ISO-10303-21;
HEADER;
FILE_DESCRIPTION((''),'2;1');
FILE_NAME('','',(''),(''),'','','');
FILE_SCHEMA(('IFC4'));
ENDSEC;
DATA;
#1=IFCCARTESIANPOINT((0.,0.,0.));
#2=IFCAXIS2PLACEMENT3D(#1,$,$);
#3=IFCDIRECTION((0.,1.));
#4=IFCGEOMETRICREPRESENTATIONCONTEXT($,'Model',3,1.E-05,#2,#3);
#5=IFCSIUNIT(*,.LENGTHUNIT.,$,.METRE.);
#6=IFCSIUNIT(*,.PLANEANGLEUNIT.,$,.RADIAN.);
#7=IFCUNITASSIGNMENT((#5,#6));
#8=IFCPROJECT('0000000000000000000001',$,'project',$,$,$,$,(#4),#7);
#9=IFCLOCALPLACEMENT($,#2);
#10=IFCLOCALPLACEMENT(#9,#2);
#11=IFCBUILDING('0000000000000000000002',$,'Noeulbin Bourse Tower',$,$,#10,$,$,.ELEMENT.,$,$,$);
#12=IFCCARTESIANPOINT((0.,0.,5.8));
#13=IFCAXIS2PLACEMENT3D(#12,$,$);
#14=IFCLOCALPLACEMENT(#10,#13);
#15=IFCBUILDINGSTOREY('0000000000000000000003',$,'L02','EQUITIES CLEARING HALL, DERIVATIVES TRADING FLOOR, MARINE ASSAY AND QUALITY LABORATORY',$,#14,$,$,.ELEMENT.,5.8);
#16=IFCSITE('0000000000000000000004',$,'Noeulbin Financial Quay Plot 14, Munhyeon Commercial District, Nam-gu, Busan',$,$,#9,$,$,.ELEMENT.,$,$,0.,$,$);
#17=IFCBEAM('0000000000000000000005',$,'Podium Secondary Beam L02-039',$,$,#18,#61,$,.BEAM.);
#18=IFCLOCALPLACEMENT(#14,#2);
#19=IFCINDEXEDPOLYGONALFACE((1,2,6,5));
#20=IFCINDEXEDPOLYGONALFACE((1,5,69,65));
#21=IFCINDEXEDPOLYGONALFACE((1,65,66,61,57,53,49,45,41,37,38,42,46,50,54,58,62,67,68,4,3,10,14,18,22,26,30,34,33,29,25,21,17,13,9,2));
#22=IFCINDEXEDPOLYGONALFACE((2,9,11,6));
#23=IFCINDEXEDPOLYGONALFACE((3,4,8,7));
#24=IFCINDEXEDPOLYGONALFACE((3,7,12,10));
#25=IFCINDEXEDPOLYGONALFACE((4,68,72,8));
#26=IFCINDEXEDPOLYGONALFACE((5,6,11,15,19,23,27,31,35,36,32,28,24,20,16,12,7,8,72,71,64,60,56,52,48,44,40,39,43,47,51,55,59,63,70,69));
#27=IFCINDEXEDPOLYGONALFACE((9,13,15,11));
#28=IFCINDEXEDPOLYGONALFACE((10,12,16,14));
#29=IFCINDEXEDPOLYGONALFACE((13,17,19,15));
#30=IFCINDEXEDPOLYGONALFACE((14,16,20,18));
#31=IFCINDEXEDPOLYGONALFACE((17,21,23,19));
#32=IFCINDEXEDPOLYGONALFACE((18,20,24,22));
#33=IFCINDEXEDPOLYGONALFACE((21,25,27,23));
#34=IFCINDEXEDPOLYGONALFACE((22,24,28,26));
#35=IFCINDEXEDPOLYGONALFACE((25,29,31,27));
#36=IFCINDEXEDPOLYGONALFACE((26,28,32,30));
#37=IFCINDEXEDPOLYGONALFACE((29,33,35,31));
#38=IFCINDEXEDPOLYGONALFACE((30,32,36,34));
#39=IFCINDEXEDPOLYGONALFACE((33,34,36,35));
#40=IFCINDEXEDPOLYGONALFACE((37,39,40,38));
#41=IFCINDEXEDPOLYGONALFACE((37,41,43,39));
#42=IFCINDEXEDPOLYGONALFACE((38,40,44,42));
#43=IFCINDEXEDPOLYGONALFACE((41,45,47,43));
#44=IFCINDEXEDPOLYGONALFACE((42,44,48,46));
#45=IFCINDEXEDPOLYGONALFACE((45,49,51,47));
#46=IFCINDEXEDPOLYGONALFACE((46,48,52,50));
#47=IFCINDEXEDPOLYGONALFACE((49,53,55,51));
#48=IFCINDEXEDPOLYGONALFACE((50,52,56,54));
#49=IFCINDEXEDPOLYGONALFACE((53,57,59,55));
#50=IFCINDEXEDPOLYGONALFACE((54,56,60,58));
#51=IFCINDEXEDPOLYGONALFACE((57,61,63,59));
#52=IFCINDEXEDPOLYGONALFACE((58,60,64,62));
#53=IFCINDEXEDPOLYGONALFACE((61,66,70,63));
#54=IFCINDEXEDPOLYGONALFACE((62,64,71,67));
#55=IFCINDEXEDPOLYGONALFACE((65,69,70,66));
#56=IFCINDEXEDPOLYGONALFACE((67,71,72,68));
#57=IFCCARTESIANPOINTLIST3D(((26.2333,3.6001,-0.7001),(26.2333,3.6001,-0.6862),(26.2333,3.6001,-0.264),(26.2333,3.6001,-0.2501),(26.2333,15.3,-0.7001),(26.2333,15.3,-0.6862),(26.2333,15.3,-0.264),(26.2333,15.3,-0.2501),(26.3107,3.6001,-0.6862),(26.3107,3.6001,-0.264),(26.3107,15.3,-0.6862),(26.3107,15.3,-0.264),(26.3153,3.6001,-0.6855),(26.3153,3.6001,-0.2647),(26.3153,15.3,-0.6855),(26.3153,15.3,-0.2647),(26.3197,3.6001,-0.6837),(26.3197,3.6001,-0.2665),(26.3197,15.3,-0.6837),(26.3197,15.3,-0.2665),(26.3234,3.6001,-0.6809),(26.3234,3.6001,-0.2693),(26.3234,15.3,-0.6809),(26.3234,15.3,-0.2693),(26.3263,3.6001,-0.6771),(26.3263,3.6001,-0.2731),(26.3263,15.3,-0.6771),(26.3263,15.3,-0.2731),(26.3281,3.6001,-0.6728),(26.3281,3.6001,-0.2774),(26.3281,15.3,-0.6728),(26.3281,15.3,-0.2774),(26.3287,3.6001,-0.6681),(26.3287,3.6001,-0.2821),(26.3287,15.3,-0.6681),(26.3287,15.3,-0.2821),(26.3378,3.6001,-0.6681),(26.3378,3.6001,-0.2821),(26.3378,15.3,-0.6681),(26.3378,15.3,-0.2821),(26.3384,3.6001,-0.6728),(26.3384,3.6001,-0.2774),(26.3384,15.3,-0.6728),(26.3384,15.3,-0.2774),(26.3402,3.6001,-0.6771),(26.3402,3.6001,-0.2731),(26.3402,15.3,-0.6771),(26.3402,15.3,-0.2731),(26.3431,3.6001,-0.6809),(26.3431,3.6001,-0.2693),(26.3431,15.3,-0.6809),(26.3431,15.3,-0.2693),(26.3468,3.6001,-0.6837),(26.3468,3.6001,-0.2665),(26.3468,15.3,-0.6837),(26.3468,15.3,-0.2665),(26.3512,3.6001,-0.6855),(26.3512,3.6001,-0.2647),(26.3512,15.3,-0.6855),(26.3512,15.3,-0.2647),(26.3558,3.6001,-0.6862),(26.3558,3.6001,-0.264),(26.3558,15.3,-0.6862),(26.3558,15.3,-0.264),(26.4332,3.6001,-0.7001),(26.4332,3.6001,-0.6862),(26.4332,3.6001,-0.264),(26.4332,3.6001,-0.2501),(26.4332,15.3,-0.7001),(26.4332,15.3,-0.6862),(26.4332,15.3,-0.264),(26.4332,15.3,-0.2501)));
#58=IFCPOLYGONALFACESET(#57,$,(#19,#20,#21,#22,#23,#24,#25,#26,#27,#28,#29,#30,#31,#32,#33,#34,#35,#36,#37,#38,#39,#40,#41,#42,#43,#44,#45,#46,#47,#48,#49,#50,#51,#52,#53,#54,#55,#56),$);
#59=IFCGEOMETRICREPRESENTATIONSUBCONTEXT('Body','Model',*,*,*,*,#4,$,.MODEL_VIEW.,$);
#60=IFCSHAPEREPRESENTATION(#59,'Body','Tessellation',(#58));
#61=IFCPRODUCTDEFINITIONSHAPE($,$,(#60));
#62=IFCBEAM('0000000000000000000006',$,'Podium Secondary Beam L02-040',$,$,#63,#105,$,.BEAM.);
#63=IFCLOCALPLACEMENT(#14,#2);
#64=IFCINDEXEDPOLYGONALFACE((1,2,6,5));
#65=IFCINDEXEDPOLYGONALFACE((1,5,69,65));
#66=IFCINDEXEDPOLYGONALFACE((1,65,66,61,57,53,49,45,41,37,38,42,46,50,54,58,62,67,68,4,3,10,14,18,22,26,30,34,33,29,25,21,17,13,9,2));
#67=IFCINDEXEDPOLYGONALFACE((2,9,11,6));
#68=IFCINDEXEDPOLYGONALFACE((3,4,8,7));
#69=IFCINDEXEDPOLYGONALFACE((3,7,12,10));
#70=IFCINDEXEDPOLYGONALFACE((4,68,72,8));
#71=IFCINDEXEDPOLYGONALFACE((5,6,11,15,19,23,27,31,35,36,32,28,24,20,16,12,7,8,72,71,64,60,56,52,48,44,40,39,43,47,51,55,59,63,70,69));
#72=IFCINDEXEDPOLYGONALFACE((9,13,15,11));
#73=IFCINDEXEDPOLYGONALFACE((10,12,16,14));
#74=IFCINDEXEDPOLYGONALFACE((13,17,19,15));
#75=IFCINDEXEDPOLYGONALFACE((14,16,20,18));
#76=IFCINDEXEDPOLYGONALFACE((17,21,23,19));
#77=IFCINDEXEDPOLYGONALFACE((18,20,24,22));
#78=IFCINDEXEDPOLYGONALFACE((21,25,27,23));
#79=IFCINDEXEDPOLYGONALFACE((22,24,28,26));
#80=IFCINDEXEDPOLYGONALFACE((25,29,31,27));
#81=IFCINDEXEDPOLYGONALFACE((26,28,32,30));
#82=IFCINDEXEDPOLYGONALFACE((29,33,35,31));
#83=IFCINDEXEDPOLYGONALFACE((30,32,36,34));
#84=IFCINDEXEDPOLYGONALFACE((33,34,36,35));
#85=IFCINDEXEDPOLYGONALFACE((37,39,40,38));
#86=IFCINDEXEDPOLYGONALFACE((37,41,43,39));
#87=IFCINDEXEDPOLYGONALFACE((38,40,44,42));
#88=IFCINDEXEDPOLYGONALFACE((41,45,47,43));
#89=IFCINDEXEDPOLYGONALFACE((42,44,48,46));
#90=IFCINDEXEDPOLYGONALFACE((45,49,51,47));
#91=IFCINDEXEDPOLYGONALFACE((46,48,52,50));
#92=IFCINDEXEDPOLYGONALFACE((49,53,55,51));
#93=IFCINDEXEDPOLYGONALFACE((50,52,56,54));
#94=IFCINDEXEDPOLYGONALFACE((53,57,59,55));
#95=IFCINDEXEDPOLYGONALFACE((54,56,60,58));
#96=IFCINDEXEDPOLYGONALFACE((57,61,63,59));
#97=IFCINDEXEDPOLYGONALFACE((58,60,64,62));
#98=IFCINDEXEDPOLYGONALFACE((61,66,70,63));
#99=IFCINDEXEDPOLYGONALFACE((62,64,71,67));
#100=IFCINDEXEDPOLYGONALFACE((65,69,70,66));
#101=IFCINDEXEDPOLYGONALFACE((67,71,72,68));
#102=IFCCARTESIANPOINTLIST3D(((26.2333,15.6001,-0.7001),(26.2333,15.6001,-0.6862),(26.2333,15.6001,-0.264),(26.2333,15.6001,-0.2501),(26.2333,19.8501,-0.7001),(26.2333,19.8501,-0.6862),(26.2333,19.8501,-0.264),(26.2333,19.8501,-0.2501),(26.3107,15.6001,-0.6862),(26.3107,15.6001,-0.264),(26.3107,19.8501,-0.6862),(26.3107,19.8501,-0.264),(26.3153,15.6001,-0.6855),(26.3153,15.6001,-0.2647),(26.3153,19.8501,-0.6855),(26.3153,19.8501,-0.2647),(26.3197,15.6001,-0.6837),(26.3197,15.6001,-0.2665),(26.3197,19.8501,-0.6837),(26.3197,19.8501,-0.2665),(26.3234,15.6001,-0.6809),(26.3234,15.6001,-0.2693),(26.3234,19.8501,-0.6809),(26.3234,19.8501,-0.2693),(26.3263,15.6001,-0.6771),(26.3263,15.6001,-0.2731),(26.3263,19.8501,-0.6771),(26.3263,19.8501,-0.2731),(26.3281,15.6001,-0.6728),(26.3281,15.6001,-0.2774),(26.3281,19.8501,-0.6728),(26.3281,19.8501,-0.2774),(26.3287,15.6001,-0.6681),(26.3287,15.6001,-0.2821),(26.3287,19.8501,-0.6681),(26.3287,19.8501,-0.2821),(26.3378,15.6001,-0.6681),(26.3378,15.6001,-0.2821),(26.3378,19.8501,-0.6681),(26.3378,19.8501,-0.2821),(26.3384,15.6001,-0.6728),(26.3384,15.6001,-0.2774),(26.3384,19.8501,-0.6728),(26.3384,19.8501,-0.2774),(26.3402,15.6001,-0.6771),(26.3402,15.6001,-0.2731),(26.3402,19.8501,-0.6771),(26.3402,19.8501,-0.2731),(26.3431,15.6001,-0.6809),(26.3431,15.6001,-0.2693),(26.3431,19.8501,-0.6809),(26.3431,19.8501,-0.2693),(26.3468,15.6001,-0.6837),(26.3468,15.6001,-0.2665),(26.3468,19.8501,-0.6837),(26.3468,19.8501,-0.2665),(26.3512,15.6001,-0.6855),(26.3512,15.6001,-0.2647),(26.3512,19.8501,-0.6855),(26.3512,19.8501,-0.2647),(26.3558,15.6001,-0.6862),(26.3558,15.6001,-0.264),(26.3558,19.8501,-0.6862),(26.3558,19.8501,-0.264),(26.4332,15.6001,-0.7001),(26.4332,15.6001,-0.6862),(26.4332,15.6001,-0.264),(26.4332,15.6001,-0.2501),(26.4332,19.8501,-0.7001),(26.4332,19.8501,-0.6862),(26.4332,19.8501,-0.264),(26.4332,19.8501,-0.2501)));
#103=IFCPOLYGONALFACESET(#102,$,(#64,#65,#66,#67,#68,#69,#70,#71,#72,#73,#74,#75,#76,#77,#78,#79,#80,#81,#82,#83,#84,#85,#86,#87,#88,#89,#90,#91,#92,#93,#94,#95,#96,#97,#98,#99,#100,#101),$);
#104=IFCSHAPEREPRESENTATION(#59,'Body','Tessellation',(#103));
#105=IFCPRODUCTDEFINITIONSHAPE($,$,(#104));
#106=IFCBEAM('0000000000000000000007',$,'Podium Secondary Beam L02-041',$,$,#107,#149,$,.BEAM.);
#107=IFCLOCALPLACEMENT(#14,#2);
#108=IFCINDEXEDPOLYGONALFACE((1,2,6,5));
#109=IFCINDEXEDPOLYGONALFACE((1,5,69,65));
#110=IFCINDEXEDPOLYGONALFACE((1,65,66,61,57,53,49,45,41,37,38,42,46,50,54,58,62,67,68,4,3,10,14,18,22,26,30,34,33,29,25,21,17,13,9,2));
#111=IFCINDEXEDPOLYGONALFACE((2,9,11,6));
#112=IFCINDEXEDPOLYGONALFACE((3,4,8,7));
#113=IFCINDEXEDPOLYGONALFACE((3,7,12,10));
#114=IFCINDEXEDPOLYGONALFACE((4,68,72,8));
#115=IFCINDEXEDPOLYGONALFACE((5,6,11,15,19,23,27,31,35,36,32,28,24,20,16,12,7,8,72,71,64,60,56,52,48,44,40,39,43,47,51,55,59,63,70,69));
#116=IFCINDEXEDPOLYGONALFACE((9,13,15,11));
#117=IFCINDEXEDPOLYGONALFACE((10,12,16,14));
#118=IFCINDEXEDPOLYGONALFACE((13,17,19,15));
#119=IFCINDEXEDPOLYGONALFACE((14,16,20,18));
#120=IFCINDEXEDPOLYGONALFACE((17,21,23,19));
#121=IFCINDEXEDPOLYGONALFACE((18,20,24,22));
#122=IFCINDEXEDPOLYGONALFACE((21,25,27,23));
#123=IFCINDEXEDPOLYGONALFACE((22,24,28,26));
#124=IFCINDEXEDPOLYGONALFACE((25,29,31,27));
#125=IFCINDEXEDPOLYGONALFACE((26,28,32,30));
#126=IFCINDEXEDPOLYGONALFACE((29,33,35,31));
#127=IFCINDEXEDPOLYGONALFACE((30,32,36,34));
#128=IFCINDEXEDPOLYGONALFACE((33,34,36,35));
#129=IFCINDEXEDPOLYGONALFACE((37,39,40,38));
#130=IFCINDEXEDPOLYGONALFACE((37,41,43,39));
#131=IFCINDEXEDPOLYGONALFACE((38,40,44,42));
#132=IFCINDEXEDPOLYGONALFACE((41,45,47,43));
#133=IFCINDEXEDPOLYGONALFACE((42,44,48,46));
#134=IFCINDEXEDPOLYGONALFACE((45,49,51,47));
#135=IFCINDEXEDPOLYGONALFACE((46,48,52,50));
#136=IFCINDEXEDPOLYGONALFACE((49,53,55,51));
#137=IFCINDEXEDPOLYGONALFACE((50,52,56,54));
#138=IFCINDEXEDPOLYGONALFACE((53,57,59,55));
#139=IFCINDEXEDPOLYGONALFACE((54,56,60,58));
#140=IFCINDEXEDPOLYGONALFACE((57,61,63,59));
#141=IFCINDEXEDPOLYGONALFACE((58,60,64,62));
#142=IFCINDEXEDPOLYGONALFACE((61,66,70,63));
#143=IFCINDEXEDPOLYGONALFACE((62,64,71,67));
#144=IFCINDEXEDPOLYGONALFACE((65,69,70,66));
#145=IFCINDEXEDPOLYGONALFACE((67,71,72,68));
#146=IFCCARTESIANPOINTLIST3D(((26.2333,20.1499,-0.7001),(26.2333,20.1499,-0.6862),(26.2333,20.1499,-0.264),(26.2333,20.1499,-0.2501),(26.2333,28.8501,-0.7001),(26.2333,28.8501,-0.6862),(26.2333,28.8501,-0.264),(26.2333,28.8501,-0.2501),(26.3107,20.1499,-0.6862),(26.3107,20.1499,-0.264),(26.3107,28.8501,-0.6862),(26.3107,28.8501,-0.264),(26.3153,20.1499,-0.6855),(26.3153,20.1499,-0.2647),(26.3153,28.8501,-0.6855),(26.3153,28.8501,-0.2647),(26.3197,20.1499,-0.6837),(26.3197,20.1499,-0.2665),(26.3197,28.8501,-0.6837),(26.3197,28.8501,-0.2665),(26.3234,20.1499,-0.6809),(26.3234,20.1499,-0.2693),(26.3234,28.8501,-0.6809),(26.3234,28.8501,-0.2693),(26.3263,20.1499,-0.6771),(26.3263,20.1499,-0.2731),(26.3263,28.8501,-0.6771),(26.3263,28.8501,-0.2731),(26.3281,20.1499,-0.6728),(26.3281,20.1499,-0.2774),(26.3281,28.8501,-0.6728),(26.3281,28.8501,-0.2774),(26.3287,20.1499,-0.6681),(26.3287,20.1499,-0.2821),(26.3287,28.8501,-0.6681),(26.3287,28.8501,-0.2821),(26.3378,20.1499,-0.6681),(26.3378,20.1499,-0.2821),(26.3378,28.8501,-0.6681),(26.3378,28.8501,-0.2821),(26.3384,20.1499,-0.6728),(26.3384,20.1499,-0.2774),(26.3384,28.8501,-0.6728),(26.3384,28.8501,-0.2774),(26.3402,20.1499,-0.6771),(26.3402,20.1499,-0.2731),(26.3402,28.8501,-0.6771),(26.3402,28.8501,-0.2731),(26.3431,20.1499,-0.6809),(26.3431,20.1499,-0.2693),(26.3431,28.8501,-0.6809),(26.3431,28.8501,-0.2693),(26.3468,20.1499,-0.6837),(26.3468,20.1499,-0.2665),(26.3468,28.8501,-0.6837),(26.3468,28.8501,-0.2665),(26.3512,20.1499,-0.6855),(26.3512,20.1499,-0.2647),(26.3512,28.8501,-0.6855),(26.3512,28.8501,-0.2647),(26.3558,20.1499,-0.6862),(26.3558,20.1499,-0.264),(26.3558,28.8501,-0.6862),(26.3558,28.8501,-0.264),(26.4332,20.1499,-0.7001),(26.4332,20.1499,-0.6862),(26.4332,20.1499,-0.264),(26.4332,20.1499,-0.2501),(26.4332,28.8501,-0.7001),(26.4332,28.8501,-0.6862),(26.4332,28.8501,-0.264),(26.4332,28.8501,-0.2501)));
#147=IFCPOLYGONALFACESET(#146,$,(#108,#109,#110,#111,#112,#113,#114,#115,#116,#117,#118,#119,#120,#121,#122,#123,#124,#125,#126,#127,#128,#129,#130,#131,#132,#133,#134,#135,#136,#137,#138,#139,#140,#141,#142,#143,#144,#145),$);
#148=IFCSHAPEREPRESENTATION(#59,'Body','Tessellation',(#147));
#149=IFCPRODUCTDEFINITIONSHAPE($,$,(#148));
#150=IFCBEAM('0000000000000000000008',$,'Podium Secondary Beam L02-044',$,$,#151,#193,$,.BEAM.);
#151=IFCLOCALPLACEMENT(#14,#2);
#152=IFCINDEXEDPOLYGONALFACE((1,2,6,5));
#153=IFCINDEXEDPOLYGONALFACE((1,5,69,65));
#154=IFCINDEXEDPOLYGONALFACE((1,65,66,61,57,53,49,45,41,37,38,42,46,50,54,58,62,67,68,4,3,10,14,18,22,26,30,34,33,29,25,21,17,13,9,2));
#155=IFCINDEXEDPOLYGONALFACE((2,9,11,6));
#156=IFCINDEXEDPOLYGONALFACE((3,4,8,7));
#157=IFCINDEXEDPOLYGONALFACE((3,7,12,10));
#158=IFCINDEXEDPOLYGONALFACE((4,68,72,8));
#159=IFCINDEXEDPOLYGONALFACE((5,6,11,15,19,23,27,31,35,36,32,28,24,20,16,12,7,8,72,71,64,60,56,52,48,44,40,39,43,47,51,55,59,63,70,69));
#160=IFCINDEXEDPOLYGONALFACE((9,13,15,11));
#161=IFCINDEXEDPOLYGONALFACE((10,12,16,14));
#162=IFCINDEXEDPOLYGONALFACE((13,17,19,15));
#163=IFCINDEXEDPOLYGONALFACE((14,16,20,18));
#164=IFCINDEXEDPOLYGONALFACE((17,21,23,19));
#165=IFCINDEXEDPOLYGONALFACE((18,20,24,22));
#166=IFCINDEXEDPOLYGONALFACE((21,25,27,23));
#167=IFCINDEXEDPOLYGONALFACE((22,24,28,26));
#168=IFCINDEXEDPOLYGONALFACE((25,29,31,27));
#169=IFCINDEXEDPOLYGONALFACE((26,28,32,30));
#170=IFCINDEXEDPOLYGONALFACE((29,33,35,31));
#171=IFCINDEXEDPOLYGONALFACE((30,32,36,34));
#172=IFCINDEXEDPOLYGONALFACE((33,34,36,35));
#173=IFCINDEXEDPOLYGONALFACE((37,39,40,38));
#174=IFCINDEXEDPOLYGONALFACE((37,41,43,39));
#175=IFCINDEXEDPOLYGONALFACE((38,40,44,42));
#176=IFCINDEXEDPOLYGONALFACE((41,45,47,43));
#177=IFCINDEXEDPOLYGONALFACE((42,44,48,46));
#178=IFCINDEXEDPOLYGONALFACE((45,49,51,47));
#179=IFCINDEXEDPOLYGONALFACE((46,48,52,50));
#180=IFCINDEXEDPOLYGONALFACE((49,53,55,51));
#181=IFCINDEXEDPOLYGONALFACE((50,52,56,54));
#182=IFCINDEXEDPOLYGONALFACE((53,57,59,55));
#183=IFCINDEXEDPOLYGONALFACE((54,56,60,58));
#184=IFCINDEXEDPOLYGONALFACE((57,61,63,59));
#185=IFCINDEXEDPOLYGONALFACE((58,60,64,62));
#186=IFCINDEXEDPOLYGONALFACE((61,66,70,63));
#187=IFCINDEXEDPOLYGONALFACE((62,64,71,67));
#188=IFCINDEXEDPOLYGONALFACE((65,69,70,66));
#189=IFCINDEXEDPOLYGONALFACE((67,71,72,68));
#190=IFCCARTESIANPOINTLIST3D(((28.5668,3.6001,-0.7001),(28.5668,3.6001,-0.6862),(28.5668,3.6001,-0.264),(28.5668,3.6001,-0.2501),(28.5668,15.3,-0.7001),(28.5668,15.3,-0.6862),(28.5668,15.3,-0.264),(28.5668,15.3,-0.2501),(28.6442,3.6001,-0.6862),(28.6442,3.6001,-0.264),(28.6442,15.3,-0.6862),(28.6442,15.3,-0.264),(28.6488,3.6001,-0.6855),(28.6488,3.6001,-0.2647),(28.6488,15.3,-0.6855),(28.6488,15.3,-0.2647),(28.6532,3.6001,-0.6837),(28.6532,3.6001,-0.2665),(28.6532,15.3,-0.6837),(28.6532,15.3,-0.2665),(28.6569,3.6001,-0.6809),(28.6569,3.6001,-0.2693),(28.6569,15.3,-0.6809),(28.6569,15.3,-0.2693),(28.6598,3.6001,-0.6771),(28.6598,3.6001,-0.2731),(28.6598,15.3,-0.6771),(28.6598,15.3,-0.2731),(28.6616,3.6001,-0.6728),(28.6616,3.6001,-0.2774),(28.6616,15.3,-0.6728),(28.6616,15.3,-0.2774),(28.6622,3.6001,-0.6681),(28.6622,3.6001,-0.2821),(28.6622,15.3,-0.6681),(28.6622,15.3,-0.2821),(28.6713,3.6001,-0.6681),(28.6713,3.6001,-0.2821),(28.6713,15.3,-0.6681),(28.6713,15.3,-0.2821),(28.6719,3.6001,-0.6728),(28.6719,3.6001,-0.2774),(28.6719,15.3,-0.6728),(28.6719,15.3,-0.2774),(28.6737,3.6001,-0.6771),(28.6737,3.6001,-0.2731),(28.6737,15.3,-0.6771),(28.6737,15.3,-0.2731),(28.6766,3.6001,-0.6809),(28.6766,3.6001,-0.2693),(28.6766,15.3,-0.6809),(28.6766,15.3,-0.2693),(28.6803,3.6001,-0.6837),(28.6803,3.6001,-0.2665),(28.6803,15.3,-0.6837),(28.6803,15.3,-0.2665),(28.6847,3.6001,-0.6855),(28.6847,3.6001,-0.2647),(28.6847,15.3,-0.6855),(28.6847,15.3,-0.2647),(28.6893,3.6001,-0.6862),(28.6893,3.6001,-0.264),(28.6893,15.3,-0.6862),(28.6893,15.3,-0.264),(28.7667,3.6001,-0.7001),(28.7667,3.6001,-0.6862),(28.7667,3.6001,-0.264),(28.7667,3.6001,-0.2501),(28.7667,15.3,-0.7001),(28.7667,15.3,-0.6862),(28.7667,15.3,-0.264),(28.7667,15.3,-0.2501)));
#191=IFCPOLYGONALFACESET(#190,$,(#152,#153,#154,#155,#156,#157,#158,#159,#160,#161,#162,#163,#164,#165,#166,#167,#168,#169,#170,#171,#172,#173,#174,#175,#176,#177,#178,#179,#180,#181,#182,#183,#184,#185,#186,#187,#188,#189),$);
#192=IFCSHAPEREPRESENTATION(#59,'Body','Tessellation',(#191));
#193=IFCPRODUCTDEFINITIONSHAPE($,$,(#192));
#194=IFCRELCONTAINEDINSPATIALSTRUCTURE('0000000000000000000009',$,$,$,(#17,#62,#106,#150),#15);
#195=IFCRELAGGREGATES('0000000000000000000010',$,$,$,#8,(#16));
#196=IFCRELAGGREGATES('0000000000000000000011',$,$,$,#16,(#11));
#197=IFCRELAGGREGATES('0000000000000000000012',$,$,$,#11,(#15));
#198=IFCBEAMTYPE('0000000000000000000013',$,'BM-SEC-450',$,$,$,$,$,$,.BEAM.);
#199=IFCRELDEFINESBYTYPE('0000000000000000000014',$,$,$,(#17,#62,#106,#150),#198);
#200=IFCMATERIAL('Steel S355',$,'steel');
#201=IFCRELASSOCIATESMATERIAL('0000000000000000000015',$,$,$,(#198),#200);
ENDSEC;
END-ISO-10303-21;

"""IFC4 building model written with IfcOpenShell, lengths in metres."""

from ifc_helpers import new_model, si_unit, direction, frame, origin, origin_2d, place, context, subcontext, project, spatial, i_section, extrude, material, material_profile, profile_set, type_object, element, save


model = new_model("IFC4")

# Units and contexts
model_context = context("Model", 3, precision=1e-05, world=origin(), true_north=direction((0.0, 1.0)))
body_context = subcontext(model_context, "Body", "Model", "MODEL_VIEW")
ifc_project = project(units=[si_unit("LENGTHUNIT", "METRE"), si_unit("PLANEANGLEUNIT", "RADIAN")], contexts=[model_context])

# Site, building, storey
site_placement = place(None, origin())
site = spatial("IfcSite", under=ifc_project, at=site_placement, Name="Noeulbin Financial Quay Plot 14, Munhyeon Commercial District, Nam-gu, Busan", CompositionType="ELEMENT", RefElevation=0.0)
building_placement = place(site_placement, origin())
building = spatial("IfcBuilding", under=site, at=building_placement, Name="Noeulbin Bourse Tower", CompositionType="ELEMENT")
storey_placement = place(building_placement, frame((0.0, 0.0, 5.8)))
storey = spatial("IfcBuildingStorey", under=building, at=storey_placement, Name="L02", Description="EQUITIES CLEARING HALL, DERIVATIVES TRADING FLOOR, MARINE ASSAY AND QUALITY LABORATORY", CompositionType="ELEMENT", Elevation=5.8)

# Beams
ifc_material_1 = material(Name="Steel S355", Category="steel")
ifc_material_profile_1 = material_profile(ifc_material_1, i_section(OverallWidth=0.2, OverallDepth=0.45, WebThickness=0.009, FlangeThickness=0.0139, FilletRadius=0.0181, at=origin_2d()), Name="H-450x200x9x14", Category="LoadBearing")
ifc_profile_set_1 = profile_set([ifc_material_profile_1], Name="Steel S355")
beam_type_1 = type_object("IfcBeamType", Name="BM-SEC-450", PredefinedType="BEAM", material=ifc_profile_set_1)
beam_1_placement = place(storey_placement, frame((26.3333, 3.6001, -0.4751), z_axis=(0.0, 1.0, 0.0), x_axis=(-1.0, 0.0, 0.0)))
element("IfcBeam", 1, at=beam_1_placement, inside=storey, type_object=beam_type_1, Name="Podium Secondary Beam L02-039", PredefinedType="BEAM", context=body_context, shape_type="SweptSolid", body=[
    extrude(i_section(OverallWidth=0.2, OverallDepth=0.45, WebThickness=0.009, FlangeThickness=0.0139, FilletRadius=0.0181, at=origin_2d()), origin(), (0.0, 0.0, 1.0), 11.7),
])
beam_2_placement = place(storey_placement, frame((26.3333, 15.6001, -0.4751), z_axis=(0.0, 1.0, 0.0), x_axis=(-1.0, 0.0, 0.0)))
element("IfcBeam", 2, at=beam_2_placement, inside=storey, type_object=beam_type_1, Name="Podium Secondary Beam L02-040", PredefinedType="BEAM", context=body_context, shape_type="SweptSolid", body=[
    extrude(i_section(OverallWidth=0.2, OverallDepth=0.45, WebThickness=0.009, FlangeThickness=0.0139, FilletRadius=0.0181, at=origin_2d()), origin(), (0.0, 0.0, 1.0), 4.25),
])
beam_3_placement = place(storey_placement, frame((26.3333, 20.1499, -0.4751), z_axis=(0.0, 1.0, 0.0), x_axis=(-1.0, 0.0, 0.0)))
element("IfcBeam", 3, at=beam_3_placement, inside=storey, type_object=beam_type_1, Name="Podium Secondary Beam L02-041", PredefinedType="BEAM", context=body_context, shape_type="SweptSolid", body=[
    extrude(i_section(OverallWidth=0.2, OverallDepth=0.45, WebThickness=0.009, FlangeThickness=0.0139, FilletRadius=0.0181, at=origin_2d()), origin(), (0.0, 0.0, 1.0), 8.7002),
])
beam_4_placement = place(storey_placement, frame((28.6667, 3.6001, -0.4751), z_axis=(0.0, 1.0, 0.0), x_axis=(-1.0, 0.0, 0.0)))
element("IfcBeam", 4, at=beam_4_placement, inside=storey, type_object=beam_type_1, Name="Podium Secondary Beam L02-044", PredefinedType="BEAM", context=body_context, shape_type="SweptSolid", body=[
    extrude(i_section(OverallWidth=0.2, OverallDepth=0.45, WebThickness=0.009, FlangeThickness=0.0139, FilletRadius=0.0181, at=origin_2d()), origin(), (0.0, 0.0, 1.0), 11.7),
])

save(model, "model.ifc")
